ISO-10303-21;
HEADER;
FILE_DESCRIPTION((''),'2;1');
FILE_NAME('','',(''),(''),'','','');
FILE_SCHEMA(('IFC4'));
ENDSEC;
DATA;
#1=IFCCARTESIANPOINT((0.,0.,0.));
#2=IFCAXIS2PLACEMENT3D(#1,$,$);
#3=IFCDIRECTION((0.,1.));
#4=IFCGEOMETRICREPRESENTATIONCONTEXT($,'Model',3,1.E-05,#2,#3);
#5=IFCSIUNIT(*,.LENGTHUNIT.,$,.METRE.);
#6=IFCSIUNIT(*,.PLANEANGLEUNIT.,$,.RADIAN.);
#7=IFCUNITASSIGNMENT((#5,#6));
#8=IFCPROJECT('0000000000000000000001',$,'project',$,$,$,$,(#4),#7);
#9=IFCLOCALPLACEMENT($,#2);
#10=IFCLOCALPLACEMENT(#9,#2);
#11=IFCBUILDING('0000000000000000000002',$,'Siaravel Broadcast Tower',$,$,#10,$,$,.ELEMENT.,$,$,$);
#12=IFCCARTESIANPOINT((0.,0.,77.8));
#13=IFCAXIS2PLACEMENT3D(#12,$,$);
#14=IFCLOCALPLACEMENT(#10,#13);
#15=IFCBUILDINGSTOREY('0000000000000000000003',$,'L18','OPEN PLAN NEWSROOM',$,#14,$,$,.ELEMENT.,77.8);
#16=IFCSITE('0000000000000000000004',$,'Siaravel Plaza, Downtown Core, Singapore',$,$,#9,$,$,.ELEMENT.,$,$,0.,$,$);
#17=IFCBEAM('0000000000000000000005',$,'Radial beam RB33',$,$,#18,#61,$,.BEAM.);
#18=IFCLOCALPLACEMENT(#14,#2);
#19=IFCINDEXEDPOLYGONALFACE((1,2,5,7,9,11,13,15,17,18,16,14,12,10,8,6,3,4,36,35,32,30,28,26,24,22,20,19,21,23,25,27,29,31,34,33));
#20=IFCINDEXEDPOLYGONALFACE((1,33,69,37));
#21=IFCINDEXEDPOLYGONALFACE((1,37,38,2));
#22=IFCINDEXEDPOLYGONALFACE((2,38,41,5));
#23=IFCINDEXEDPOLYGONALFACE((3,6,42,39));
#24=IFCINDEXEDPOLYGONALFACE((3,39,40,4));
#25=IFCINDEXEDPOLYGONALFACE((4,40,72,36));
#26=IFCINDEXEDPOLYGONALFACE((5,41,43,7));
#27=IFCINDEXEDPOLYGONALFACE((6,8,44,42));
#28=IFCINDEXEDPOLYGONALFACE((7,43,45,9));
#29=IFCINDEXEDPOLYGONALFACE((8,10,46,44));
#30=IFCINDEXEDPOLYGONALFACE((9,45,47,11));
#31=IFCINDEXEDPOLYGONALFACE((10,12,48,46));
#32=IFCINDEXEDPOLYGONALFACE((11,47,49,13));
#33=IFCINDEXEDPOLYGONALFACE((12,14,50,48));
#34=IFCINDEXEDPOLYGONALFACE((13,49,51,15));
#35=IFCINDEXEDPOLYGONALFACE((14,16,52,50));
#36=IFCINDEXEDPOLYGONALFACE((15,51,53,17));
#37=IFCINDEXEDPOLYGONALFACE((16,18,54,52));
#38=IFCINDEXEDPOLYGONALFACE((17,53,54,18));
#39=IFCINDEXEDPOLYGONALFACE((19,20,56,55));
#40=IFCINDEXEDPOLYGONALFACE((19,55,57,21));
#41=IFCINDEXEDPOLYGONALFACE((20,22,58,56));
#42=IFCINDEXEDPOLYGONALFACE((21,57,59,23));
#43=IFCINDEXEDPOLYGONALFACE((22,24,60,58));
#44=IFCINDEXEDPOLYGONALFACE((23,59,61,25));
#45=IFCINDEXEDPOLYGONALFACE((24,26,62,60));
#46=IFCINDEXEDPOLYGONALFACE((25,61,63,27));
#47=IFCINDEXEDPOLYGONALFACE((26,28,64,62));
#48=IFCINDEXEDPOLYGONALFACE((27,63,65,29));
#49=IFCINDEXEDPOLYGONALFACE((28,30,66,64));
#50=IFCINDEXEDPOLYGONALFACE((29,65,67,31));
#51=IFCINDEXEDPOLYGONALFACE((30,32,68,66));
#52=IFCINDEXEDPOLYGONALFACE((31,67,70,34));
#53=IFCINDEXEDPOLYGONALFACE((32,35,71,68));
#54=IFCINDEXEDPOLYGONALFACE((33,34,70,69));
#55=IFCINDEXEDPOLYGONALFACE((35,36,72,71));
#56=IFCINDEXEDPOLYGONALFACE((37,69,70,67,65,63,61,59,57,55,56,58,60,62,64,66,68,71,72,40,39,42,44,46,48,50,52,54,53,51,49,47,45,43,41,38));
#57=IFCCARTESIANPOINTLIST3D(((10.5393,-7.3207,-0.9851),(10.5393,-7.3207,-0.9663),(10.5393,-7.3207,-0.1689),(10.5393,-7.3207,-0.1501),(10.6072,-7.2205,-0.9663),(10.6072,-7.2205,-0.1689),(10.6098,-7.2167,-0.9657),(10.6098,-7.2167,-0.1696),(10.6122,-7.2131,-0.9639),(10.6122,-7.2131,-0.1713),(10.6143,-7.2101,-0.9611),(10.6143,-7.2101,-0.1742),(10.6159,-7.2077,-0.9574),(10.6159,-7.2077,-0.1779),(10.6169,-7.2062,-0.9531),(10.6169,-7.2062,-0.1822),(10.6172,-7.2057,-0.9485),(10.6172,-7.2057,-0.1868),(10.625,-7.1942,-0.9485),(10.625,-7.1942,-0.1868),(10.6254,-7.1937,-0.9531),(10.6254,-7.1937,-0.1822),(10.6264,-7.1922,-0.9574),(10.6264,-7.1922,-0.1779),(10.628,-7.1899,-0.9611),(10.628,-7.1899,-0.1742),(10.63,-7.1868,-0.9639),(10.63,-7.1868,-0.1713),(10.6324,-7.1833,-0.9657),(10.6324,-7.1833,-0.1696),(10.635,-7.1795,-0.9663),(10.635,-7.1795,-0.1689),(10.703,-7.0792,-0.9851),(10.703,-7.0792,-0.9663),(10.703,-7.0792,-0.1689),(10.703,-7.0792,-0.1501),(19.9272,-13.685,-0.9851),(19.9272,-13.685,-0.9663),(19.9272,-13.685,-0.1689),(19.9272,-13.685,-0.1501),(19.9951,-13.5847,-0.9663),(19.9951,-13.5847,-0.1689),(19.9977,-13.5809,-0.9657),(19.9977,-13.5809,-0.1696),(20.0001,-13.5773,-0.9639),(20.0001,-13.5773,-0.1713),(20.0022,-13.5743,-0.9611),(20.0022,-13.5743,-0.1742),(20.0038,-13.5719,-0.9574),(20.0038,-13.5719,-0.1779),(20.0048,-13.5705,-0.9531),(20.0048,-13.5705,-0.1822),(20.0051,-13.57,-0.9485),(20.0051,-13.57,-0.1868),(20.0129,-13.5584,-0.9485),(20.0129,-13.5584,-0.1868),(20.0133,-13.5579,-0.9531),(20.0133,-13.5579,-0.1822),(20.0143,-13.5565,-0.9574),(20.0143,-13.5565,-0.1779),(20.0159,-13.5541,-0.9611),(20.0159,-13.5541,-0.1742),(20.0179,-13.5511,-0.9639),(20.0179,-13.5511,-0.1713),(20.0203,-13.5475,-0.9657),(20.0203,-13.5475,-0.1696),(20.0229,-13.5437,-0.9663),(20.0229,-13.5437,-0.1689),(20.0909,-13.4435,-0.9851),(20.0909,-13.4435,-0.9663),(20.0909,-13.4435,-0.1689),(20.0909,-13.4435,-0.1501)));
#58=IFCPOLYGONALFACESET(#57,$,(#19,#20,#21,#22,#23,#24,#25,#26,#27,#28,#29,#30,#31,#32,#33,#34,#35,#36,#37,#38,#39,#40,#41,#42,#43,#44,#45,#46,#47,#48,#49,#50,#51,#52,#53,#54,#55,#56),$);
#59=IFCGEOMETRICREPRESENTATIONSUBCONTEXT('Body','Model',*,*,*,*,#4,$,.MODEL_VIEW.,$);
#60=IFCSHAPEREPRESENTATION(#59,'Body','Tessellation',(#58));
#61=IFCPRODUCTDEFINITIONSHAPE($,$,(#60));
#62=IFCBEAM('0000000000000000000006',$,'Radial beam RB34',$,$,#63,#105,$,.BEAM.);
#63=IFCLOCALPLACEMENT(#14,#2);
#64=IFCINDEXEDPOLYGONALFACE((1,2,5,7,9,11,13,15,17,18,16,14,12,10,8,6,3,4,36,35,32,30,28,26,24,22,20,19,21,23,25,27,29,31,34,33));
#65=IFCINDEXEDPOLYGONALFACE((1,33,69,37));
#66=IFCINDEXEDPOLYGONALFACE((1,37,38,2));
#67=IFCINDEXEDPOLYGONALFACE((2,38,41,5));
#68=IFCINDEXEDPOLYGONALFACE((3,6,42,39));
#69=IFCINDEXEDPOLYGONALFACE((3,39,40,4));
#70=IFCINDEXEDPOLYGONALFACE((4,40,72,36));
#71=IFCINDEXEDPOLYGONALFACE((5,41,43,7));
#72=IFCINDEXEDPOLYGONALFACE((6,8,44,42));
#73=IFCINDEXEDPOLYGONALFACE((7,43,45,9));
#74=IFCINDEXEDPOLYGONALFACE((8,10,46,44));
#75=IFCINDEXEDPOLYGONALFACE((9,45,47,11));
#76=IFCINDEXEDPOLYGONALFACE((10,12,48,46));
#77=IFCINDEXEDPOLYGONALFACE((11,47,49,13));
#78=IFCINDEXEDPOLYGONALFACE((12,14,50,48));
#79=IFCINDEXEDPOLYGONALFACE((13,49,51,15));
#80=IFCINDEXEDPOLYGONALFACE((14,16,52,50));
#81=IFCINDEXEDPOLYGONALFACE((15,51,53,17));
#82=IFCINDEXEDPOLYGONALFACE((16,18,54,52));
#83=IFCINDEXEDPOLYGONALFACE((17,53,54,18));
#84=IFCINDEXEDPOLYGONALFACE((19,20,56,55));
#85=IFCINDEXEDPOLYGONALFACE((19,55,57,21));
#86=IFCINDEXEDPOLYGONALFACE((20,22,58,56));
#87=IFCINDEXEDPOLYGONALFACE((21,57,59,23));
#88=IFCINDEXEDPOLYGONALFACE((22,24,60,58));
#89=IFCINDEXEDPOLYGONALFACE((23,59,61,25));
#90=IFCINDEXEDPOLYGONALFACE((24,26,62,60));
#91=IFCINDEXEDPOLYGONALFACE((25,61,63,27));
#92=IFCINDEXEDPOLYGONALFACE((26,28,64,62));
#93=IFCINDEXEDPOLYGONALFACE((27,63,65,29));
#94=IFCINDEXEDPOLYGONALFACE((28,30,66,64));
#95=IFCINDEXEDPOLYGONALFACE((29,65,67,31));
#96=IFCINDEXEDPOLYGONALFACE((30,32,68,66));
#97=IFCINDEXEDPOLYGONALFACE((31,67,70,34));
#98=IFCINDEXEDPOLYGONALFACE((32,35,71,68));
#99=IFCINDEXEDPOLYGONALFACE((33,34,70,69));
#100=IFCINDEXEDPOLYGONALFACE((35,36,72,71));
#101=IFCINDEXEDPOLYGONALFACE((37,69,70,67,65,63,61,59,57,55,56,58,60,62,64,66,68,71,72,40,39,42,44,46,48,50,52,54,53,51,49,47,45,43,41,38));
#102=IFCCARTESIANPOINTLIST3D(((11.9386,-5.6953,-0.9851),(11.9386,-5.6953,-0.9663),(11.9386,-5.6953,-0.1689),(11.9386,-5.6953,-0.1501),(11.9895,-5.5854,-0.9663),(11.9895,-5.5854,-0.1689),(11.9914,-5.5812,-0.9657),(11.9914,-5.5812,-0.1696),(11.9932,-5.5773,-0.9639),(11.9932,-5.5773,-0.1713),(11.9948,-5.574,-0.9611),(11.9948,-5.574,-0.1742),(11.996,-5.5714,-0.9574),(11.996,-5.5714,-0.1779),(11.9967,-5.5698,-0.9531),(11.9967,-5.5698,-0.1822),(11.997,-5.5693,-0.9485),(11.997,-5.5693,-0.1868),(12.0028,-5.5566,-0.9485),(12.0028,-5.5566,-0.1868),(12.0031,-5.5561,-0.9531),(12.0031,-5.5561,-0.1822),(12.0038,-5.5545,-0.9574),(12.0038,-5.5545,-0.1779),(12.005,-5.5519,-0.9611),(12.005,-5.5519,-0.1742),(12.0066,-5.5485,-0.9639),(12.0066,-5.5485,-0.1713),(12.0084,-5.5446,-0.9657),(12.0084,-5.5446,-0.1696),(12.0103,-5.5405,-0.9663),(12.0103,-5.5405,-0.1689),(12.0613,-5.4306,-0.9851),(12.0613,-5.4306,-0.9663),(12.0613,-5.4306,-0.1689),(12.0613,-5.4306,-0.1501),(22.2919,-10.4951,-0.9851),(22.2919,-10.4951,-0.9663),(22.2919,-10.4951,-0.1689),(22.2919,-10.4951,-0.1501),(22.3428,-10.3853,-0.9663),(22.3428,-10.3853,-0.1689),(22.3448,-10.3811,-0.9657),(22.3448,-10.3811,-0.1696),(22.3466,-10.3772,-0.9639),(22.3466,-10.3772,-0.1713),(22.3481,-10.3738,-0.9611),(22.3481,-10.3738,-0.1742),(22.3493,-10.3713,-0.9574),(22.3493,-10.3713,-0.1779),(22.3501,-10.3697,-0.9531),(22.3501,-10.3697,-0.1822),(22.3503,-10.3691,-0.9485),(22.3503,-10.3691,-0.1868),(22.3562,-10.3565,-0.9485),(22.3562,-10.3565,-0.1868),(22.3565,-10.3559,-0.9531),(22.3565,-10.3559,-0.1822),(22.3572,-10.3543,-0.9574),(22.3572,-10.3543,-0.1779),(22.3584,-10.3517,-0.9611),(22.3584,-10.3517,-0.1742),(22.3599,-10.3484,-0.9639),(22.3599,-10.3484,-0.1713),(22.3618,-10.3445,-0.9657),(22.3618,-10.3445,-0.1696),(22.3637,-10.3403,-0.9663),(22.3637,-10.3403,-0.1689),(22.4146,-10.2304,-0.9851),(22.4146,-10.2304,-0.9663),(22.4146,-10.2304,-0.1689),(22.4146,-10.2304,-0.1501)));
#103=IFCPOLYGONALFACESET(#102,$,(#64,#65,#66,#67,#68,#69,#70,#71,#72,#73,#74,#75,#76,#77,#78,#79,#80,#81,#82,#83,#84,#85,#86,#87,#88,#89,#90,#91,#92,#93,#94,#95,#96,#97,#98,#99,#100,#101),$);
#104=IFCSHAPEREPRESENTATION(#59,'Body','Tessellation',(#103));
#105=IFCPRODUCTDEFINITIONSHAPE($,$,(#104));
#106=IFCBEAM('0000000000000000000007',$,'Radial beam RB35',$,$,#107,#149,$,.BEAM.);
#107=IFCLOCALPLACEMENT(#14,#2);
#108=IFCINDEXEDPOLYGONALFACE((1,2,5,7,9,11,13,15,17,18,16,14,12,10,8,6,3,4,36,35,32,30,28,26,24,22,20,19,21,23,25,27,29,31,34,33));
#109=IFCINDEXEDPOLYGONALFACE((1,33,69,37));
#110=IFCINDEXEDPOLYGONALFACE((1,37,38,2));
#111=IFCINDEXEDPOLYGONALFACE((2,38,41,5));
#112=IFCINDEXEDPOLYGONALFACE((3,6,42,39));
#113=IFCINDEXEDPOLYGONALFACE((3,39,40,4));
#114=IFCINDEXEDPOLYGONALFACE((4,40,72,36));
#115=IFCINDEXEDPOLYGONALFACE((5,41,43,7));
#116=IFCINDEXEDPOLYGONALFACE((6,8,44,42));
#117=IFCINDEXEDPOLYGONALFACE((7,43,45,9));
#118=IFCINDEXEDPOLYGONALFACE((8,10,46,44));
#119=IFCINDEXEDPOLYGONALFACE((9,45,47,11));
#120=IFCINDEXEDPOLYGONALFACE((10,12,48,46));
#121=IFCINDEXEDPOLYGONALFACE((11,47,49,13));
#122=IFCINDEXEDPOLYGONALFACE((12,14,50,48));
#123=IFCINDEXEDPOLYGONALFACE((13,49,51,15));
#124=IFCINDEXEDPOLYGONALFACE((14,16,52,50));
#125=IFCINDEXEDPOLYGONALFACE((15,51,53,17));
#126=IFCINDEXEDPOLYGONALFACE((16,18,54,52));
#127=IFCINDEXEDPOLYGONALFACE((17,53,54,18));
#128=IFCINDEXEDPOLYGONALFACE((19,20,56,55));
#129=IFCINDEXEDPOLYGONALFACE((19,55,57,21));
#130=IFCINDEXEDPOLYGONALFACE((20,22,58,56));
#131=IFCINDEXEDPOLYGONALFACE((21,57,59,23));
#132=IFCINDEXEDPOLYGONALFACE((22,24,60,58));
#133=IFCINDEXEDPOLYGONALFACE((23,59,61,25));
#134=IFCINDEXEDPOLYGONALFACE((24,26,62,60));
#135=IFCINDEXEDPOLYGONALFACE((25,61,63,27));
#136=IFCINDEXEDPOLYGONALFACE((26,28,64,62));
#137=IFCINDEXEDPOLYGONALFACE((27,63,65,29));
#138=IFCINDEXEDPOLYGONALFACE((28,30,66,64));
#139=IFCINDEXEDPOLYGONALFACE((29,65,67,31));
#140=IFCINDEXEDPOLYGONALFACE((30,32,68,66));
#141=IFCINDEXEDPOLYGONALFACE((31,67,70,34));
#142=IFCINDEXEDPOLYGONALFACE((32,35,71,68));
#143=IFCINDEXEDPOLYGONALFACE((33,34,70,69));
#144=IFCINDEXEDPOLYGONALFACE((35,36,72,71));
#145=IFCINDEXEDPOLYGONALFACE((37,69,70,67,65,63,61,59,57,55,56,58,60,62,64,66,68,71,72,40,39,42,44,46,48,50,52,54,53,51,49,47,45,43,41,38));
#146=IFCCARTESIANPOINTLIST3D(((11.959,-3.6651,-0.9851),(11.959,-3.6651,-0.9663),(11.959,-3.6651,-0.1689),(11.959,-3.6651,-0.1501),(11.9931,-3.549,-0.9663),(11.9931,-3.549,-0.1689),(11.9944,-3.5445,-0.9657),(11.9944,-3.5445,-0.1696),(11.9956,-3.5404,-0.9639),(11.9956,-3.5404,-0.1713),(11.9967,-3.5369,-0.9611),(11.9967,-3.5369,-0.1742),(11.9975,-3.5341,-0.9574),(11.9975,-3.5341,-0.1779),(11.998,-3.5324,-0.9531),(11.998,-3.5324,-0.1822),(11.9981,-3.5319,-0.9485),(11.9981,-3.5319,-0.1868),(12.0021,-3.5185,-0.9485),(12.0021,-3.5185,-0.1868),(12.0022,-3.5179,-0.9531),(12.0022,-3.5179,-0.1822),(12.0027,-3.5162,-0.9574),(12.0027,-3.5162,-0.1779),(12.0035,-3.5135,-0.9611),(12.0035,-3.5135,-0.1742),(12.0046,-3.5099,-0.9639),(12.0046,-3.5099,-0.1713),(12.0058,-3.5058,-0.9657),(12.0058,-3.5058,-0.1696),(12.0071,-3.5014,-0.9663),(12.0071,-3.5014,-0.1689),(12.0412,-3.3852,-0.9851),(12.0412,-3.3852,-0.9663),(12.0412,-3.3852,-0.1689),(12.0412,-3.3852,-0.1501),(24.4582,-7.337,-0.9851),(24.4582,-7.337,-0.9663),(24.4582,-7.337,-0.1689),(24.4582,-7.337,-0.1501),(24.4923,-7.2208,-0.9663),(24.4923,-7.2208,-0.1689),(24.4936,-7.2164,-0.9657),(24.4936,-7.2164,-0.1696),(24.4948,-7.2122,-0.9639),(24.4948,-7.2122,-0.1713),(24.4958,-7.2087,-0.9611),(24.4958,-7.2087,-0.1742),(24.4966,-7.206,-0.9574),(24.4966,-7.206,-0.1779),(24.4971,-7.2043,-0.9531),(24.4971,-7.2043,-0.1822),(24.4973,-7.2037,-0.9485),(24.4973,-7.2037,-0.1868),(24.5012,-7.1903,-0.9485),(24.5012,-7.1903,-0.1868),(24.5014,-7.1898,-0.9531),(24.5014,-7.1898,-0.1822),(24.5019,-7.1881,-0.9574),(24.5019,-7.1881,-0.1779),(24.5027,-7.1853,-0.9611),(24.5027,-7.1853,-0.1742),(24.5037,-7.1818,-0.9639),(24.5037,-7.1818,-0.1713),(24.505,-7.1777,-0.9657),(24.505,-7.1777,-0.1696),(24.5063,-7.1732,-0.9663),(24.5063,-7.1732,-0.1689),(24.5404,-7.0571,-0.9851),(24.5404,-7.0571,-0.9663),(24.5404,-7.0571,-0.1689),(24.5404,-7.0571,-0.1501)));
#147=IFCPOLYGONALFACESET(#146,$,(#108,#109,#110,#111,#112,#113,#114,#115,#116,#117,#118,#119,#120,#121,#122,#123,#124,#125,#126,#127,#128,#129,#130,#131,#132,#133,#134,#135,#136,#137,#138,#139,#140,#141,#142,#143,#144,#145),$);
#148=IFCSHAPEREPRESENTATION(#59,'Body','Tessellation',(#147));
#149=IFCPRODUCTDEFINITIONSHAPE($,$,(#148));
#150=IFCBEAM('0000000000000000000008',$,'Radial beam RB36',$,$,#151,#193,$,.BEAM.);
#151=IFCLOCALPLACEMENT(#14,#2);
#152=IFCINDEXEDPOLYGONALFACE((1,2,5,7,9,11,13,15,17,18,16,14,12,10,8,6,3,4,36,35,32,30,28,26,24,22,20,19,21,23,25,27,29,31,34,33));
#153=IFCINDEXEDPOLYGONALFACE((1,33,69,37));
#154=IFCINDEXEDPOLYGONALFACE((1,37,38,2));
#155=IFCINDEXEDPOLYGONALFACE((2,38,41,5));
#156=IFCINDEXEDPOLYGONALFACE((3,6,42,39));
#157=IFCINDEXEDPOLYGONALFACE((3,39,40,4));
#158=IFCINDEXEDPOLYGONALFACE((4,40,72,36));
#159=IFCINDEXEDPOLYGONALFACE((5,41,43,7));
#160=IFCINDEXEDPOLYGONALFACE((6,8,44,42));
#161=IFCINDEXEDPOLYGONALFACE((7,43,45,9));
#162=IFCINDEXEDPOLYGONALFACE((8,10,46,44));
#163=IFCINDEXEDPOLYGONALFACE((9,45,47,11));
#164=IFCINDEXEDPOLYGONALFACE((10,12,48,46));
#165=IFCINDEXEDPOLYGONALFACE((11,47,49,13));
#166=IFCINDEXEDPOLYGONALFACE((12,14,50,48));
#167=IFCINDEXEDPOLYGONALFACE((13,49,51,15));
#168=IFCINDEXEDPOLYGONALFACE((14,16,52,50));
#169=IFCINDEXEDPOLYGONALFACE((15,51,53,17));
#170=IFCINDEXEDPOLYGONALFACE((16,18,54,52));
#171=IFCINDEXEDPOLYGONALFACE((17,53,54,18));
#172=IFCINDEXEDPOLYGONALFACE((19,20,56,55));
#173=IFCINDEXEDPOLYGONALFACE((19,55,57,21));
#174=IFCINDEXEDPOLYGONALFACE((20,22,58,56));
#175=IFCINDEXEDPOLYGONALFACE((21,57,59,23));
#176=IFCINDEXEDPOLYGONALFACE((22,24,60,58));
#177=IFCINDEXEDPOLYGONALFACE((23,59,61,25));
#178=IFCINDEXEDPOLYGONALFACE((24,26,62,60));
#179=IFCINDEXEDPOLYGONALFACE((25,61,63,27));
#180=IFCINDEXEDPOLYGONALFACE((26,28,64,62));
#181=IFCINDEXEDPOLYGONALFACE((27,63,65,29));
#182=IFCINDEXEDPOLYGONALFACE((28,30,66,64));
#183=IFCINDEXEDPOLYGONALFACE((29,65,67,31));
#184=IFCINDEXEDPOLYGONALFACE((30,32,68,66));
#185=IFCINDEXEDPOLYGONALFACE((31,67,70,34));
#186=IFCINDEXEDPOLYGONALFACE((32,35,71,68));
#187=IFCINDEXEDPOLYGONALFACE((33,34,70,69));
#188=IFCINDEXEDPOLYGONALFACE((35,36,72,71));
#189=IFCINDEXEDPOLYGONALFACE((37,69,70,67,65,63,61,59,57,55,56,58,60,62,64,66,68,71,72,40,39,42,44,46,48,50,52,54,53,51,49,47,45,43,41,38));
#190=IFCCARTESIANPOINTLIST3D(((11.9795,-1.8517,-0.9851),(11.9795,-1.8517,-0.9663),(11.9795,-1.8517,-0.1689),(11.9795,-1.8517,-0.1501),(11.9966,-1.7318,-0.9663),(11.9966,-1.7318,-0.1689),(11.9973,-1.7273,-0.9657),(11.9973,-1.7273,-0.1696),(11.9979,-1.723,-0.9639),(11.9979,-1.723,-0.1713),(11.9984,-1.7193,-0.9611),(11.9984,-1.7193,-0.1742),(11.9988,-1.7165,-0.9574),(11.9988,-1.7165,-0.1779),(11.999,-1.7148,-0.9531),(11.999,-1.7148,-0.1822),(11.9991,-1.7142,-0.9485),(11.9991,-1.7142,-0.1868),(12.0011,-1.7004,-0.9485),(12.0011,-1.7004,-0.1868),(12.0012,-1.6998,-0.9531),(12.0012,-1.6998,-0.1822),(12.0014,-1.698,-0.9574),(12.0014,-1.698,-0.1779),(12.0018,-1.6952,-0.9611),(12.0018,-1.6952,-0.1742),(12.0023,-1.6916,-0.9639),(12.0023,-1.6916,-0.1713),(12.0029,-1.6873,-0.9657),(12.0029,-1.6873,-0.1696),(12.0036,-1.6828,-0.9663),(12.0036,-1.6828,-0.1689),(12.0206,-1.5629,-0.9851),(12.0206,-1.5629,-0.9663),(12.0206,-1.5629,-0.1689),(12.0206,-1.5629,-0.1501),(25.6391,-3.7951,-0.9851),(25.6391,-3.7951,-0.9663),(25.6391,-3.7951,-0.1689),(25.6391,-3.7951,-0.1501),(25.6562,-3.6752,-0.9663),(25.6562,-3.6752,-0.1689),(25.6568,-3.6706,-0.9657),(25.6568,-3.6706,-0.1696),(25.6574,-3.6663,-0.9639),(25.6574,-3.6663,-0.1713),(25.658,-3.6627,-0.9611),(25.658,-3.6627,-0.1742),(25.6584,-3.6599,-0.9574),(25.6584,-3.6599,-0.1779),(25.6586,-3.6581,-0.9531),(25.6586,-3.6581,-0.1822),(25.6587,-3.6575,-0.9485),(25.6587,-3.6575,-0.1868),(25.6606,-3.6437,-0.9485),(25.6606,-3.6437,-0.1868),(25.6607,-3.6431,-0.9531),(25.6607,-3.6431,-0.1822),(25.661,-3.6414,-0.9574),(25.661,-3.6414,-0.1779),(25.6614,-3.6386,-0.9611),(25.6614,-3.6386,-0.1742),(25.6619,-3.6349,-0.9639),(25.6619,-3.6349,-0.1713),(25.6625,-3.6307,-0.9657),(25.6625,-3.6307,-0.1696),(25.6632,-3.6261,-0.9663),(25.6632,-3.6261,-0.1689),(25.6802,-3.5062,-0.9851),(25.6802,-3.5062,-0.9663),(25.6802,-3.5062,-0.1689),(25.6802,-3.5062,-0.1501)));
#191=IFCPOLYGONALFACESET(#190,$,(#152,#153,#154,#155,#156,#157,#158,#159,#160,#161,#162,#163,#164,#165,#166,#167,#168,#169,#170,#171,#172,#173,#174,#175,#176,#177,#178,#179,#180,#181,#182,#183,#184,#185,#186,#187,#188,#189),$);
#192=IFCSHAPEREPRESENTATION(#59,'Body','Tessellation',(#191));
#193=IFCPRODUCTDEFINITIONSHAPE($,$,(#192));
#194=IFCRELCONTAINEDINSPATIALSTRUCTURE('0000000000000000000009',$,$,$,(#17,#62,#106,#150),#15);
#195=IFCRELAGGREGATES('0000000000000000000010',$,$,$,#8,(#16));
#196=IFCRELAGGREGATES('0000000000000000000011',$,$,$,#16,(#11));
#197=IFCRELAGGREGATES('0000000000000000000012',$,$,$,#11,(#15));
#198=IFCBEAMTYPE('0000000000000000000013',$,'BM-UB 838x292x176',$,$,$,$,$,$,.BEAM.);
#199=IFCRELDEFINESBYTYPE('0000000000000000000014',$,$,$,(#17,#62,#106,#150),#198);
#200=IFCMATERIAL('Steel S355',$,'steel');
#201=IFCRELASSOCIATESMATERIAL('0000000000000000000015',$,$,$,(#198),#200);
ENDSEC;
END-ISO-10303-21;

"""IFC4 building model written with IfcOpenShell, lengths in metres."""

from ifc_helpers import new_model, si_unit, direction, frame, origin, origin_2d, place, context, subcontext, project, spatial, i_section, extrude, material, material_profile, profile_set, type_object, element, save


model = new_model("IFC4")

# Units and contexts
model_context = context("Model", 3, precision=1e-05, world=origin(), true_north=direction((0.0, 1.0)))
body_context = subcontext(model_context, "Body", "Model", "MODEL_VIEW")
ifc_project = project(units=[si_unit("LENGTHUNIT", "METRE"), si_unit("PLANEANGLEUNIT", "RADIAN")], contexts=[model_context])

# Site, building, storey
site_placement = place(None, origin())
site = spatial("IfcSite", under=ifc_project, at=site_placement, Name="Siaravel Plaza, Downtown Core, Singapore", CompositionType="ELEMENT", RefElevation=0.0)
building_placement = place(site_placement, origin())
building = spatial("IfcBuilding", under=site, at=building_placement, Name="Siaravel Broadcast Tower", CompositionType="ELEMENT")
storey_placement = place(building_placement, frame((0.0, 0.0, 77.8)))
storey = spatial("IfcBuildingStorey", under=building, at=storey_placement, Name="L18", Description="OPEN PLAN NEWSROOM", CompositionType="ELEMENT", Elevation=77.8)

# Beams
ifc_material_1 = material(Name="Steel S355", Category="steel")
ifc_material_profile_1 = material_profile(ifc_material_1, i_section(OverallWidth=0.2917, OverallDepth=0.835, WebThickness=0.0139, FlangeThickness=0.0188, FilletRadius=0.0178, at=origin_2d()))
ifc_profile_set_1 = profile_set([ifc_material_profile_1], Name="Steel S355")
beam_type = type_object("IfcBeamType", Name="BM-UB 838x292x176", PredefinedType="BEAM", material=ifc_profile_set_1)
beam_1_placement = place(storey_placement, frame((20.009, -13.5642, -0.5676), z_axis=(-0.827727, 0.561131, 0.0), x_axis=(-0.561131, -0.827727, 0.0)))
element("IfcBeam", 1, at=beam_1_placement, inside=storey, type_object=beam_type, Name="Radial beam RB33", PredefinedType="BEAM", context=body_context, shape_type="SweptSolid", body=[
    extrude(i_section(OverallWidth=0.2917, OverallDepth=0.835, WebThickness=0.0139, FlangeThickness=0.0188, FilletRadius=0.0178, at=origin_2d()), origin(), (0.0, 0.0, 1.0), 11.3418),
])
beam_2_placement = place(storey_placement, frame((22.3533, -10.3628, -0.5676), z_axis=(-0.907246, 0.420601, 0.0), x_axis=(-0.420601, -0.907246, 0.0)))
element("IfcBeam", 2, at=beam_2_placement, inside=storey, type_object=beam_type, Name="Radial beam RB34", PredefinedType="BEAM", context=body_context, shape_type="SweptSolid", body=[
    extrude(i_section(OverallWidth=0.2917, OverallDepth=0.835, WebThickness=0.0139, FlangeThickness=0.0188, FilletRadius=0.0178, at=origin_2d()), origin(), (0.0, 0.0, 1.0), 11.4119),
])
beam_3_placement = place(storey_placement, frame((24.4993, -7.197, -0.5676), z_axis=(-0.959456, 0.281857, 0.0), x_axis=(-0.281857, -0.959456, 0.0)))
element("IfcBeam", 3, at=beam_3_placement, inside=storey, type_object=beam_type, Name="Radial beam RB35", PredefinedType="BEAM", context=body_context, shape_type="SweptSolid", body=[
    extrude(i_section(OverallWidth=0.2917, OverallDepth=0.835, WebThickness=0.0139, FlangeThickness=0.0188, FilletRadius=0.0178, at=origin_2d()), origin(), (0.0, 0.0, 1.0), 13.0273),
])
beam_4_placement = place(storey_placement, frame((25.6597, -3.6506, -0.5676), z_axis=(-0.990031, 0.140852, 0.0), x_axis=(-0.140852, -0.990031, 0.0)))
element("IfcBeam", 4, at=beam_4_placement, inside=storey, type_object=beam_type, Name="Radial beam RB36", PredefinedType="BEAM", context=body_context, shape_type="SweptSolid", body=[
    extrude(i_section(OverallWidth=0.2917, OverallDepth=0.835, WebThickness=0.0139, FlangeThickness=0.0188, FilletRadius=0.0178, at=origin_2d()), origin(), (0.0, 0.0, 1.0), 13.7971),
])

save(model, "model.ifc")
